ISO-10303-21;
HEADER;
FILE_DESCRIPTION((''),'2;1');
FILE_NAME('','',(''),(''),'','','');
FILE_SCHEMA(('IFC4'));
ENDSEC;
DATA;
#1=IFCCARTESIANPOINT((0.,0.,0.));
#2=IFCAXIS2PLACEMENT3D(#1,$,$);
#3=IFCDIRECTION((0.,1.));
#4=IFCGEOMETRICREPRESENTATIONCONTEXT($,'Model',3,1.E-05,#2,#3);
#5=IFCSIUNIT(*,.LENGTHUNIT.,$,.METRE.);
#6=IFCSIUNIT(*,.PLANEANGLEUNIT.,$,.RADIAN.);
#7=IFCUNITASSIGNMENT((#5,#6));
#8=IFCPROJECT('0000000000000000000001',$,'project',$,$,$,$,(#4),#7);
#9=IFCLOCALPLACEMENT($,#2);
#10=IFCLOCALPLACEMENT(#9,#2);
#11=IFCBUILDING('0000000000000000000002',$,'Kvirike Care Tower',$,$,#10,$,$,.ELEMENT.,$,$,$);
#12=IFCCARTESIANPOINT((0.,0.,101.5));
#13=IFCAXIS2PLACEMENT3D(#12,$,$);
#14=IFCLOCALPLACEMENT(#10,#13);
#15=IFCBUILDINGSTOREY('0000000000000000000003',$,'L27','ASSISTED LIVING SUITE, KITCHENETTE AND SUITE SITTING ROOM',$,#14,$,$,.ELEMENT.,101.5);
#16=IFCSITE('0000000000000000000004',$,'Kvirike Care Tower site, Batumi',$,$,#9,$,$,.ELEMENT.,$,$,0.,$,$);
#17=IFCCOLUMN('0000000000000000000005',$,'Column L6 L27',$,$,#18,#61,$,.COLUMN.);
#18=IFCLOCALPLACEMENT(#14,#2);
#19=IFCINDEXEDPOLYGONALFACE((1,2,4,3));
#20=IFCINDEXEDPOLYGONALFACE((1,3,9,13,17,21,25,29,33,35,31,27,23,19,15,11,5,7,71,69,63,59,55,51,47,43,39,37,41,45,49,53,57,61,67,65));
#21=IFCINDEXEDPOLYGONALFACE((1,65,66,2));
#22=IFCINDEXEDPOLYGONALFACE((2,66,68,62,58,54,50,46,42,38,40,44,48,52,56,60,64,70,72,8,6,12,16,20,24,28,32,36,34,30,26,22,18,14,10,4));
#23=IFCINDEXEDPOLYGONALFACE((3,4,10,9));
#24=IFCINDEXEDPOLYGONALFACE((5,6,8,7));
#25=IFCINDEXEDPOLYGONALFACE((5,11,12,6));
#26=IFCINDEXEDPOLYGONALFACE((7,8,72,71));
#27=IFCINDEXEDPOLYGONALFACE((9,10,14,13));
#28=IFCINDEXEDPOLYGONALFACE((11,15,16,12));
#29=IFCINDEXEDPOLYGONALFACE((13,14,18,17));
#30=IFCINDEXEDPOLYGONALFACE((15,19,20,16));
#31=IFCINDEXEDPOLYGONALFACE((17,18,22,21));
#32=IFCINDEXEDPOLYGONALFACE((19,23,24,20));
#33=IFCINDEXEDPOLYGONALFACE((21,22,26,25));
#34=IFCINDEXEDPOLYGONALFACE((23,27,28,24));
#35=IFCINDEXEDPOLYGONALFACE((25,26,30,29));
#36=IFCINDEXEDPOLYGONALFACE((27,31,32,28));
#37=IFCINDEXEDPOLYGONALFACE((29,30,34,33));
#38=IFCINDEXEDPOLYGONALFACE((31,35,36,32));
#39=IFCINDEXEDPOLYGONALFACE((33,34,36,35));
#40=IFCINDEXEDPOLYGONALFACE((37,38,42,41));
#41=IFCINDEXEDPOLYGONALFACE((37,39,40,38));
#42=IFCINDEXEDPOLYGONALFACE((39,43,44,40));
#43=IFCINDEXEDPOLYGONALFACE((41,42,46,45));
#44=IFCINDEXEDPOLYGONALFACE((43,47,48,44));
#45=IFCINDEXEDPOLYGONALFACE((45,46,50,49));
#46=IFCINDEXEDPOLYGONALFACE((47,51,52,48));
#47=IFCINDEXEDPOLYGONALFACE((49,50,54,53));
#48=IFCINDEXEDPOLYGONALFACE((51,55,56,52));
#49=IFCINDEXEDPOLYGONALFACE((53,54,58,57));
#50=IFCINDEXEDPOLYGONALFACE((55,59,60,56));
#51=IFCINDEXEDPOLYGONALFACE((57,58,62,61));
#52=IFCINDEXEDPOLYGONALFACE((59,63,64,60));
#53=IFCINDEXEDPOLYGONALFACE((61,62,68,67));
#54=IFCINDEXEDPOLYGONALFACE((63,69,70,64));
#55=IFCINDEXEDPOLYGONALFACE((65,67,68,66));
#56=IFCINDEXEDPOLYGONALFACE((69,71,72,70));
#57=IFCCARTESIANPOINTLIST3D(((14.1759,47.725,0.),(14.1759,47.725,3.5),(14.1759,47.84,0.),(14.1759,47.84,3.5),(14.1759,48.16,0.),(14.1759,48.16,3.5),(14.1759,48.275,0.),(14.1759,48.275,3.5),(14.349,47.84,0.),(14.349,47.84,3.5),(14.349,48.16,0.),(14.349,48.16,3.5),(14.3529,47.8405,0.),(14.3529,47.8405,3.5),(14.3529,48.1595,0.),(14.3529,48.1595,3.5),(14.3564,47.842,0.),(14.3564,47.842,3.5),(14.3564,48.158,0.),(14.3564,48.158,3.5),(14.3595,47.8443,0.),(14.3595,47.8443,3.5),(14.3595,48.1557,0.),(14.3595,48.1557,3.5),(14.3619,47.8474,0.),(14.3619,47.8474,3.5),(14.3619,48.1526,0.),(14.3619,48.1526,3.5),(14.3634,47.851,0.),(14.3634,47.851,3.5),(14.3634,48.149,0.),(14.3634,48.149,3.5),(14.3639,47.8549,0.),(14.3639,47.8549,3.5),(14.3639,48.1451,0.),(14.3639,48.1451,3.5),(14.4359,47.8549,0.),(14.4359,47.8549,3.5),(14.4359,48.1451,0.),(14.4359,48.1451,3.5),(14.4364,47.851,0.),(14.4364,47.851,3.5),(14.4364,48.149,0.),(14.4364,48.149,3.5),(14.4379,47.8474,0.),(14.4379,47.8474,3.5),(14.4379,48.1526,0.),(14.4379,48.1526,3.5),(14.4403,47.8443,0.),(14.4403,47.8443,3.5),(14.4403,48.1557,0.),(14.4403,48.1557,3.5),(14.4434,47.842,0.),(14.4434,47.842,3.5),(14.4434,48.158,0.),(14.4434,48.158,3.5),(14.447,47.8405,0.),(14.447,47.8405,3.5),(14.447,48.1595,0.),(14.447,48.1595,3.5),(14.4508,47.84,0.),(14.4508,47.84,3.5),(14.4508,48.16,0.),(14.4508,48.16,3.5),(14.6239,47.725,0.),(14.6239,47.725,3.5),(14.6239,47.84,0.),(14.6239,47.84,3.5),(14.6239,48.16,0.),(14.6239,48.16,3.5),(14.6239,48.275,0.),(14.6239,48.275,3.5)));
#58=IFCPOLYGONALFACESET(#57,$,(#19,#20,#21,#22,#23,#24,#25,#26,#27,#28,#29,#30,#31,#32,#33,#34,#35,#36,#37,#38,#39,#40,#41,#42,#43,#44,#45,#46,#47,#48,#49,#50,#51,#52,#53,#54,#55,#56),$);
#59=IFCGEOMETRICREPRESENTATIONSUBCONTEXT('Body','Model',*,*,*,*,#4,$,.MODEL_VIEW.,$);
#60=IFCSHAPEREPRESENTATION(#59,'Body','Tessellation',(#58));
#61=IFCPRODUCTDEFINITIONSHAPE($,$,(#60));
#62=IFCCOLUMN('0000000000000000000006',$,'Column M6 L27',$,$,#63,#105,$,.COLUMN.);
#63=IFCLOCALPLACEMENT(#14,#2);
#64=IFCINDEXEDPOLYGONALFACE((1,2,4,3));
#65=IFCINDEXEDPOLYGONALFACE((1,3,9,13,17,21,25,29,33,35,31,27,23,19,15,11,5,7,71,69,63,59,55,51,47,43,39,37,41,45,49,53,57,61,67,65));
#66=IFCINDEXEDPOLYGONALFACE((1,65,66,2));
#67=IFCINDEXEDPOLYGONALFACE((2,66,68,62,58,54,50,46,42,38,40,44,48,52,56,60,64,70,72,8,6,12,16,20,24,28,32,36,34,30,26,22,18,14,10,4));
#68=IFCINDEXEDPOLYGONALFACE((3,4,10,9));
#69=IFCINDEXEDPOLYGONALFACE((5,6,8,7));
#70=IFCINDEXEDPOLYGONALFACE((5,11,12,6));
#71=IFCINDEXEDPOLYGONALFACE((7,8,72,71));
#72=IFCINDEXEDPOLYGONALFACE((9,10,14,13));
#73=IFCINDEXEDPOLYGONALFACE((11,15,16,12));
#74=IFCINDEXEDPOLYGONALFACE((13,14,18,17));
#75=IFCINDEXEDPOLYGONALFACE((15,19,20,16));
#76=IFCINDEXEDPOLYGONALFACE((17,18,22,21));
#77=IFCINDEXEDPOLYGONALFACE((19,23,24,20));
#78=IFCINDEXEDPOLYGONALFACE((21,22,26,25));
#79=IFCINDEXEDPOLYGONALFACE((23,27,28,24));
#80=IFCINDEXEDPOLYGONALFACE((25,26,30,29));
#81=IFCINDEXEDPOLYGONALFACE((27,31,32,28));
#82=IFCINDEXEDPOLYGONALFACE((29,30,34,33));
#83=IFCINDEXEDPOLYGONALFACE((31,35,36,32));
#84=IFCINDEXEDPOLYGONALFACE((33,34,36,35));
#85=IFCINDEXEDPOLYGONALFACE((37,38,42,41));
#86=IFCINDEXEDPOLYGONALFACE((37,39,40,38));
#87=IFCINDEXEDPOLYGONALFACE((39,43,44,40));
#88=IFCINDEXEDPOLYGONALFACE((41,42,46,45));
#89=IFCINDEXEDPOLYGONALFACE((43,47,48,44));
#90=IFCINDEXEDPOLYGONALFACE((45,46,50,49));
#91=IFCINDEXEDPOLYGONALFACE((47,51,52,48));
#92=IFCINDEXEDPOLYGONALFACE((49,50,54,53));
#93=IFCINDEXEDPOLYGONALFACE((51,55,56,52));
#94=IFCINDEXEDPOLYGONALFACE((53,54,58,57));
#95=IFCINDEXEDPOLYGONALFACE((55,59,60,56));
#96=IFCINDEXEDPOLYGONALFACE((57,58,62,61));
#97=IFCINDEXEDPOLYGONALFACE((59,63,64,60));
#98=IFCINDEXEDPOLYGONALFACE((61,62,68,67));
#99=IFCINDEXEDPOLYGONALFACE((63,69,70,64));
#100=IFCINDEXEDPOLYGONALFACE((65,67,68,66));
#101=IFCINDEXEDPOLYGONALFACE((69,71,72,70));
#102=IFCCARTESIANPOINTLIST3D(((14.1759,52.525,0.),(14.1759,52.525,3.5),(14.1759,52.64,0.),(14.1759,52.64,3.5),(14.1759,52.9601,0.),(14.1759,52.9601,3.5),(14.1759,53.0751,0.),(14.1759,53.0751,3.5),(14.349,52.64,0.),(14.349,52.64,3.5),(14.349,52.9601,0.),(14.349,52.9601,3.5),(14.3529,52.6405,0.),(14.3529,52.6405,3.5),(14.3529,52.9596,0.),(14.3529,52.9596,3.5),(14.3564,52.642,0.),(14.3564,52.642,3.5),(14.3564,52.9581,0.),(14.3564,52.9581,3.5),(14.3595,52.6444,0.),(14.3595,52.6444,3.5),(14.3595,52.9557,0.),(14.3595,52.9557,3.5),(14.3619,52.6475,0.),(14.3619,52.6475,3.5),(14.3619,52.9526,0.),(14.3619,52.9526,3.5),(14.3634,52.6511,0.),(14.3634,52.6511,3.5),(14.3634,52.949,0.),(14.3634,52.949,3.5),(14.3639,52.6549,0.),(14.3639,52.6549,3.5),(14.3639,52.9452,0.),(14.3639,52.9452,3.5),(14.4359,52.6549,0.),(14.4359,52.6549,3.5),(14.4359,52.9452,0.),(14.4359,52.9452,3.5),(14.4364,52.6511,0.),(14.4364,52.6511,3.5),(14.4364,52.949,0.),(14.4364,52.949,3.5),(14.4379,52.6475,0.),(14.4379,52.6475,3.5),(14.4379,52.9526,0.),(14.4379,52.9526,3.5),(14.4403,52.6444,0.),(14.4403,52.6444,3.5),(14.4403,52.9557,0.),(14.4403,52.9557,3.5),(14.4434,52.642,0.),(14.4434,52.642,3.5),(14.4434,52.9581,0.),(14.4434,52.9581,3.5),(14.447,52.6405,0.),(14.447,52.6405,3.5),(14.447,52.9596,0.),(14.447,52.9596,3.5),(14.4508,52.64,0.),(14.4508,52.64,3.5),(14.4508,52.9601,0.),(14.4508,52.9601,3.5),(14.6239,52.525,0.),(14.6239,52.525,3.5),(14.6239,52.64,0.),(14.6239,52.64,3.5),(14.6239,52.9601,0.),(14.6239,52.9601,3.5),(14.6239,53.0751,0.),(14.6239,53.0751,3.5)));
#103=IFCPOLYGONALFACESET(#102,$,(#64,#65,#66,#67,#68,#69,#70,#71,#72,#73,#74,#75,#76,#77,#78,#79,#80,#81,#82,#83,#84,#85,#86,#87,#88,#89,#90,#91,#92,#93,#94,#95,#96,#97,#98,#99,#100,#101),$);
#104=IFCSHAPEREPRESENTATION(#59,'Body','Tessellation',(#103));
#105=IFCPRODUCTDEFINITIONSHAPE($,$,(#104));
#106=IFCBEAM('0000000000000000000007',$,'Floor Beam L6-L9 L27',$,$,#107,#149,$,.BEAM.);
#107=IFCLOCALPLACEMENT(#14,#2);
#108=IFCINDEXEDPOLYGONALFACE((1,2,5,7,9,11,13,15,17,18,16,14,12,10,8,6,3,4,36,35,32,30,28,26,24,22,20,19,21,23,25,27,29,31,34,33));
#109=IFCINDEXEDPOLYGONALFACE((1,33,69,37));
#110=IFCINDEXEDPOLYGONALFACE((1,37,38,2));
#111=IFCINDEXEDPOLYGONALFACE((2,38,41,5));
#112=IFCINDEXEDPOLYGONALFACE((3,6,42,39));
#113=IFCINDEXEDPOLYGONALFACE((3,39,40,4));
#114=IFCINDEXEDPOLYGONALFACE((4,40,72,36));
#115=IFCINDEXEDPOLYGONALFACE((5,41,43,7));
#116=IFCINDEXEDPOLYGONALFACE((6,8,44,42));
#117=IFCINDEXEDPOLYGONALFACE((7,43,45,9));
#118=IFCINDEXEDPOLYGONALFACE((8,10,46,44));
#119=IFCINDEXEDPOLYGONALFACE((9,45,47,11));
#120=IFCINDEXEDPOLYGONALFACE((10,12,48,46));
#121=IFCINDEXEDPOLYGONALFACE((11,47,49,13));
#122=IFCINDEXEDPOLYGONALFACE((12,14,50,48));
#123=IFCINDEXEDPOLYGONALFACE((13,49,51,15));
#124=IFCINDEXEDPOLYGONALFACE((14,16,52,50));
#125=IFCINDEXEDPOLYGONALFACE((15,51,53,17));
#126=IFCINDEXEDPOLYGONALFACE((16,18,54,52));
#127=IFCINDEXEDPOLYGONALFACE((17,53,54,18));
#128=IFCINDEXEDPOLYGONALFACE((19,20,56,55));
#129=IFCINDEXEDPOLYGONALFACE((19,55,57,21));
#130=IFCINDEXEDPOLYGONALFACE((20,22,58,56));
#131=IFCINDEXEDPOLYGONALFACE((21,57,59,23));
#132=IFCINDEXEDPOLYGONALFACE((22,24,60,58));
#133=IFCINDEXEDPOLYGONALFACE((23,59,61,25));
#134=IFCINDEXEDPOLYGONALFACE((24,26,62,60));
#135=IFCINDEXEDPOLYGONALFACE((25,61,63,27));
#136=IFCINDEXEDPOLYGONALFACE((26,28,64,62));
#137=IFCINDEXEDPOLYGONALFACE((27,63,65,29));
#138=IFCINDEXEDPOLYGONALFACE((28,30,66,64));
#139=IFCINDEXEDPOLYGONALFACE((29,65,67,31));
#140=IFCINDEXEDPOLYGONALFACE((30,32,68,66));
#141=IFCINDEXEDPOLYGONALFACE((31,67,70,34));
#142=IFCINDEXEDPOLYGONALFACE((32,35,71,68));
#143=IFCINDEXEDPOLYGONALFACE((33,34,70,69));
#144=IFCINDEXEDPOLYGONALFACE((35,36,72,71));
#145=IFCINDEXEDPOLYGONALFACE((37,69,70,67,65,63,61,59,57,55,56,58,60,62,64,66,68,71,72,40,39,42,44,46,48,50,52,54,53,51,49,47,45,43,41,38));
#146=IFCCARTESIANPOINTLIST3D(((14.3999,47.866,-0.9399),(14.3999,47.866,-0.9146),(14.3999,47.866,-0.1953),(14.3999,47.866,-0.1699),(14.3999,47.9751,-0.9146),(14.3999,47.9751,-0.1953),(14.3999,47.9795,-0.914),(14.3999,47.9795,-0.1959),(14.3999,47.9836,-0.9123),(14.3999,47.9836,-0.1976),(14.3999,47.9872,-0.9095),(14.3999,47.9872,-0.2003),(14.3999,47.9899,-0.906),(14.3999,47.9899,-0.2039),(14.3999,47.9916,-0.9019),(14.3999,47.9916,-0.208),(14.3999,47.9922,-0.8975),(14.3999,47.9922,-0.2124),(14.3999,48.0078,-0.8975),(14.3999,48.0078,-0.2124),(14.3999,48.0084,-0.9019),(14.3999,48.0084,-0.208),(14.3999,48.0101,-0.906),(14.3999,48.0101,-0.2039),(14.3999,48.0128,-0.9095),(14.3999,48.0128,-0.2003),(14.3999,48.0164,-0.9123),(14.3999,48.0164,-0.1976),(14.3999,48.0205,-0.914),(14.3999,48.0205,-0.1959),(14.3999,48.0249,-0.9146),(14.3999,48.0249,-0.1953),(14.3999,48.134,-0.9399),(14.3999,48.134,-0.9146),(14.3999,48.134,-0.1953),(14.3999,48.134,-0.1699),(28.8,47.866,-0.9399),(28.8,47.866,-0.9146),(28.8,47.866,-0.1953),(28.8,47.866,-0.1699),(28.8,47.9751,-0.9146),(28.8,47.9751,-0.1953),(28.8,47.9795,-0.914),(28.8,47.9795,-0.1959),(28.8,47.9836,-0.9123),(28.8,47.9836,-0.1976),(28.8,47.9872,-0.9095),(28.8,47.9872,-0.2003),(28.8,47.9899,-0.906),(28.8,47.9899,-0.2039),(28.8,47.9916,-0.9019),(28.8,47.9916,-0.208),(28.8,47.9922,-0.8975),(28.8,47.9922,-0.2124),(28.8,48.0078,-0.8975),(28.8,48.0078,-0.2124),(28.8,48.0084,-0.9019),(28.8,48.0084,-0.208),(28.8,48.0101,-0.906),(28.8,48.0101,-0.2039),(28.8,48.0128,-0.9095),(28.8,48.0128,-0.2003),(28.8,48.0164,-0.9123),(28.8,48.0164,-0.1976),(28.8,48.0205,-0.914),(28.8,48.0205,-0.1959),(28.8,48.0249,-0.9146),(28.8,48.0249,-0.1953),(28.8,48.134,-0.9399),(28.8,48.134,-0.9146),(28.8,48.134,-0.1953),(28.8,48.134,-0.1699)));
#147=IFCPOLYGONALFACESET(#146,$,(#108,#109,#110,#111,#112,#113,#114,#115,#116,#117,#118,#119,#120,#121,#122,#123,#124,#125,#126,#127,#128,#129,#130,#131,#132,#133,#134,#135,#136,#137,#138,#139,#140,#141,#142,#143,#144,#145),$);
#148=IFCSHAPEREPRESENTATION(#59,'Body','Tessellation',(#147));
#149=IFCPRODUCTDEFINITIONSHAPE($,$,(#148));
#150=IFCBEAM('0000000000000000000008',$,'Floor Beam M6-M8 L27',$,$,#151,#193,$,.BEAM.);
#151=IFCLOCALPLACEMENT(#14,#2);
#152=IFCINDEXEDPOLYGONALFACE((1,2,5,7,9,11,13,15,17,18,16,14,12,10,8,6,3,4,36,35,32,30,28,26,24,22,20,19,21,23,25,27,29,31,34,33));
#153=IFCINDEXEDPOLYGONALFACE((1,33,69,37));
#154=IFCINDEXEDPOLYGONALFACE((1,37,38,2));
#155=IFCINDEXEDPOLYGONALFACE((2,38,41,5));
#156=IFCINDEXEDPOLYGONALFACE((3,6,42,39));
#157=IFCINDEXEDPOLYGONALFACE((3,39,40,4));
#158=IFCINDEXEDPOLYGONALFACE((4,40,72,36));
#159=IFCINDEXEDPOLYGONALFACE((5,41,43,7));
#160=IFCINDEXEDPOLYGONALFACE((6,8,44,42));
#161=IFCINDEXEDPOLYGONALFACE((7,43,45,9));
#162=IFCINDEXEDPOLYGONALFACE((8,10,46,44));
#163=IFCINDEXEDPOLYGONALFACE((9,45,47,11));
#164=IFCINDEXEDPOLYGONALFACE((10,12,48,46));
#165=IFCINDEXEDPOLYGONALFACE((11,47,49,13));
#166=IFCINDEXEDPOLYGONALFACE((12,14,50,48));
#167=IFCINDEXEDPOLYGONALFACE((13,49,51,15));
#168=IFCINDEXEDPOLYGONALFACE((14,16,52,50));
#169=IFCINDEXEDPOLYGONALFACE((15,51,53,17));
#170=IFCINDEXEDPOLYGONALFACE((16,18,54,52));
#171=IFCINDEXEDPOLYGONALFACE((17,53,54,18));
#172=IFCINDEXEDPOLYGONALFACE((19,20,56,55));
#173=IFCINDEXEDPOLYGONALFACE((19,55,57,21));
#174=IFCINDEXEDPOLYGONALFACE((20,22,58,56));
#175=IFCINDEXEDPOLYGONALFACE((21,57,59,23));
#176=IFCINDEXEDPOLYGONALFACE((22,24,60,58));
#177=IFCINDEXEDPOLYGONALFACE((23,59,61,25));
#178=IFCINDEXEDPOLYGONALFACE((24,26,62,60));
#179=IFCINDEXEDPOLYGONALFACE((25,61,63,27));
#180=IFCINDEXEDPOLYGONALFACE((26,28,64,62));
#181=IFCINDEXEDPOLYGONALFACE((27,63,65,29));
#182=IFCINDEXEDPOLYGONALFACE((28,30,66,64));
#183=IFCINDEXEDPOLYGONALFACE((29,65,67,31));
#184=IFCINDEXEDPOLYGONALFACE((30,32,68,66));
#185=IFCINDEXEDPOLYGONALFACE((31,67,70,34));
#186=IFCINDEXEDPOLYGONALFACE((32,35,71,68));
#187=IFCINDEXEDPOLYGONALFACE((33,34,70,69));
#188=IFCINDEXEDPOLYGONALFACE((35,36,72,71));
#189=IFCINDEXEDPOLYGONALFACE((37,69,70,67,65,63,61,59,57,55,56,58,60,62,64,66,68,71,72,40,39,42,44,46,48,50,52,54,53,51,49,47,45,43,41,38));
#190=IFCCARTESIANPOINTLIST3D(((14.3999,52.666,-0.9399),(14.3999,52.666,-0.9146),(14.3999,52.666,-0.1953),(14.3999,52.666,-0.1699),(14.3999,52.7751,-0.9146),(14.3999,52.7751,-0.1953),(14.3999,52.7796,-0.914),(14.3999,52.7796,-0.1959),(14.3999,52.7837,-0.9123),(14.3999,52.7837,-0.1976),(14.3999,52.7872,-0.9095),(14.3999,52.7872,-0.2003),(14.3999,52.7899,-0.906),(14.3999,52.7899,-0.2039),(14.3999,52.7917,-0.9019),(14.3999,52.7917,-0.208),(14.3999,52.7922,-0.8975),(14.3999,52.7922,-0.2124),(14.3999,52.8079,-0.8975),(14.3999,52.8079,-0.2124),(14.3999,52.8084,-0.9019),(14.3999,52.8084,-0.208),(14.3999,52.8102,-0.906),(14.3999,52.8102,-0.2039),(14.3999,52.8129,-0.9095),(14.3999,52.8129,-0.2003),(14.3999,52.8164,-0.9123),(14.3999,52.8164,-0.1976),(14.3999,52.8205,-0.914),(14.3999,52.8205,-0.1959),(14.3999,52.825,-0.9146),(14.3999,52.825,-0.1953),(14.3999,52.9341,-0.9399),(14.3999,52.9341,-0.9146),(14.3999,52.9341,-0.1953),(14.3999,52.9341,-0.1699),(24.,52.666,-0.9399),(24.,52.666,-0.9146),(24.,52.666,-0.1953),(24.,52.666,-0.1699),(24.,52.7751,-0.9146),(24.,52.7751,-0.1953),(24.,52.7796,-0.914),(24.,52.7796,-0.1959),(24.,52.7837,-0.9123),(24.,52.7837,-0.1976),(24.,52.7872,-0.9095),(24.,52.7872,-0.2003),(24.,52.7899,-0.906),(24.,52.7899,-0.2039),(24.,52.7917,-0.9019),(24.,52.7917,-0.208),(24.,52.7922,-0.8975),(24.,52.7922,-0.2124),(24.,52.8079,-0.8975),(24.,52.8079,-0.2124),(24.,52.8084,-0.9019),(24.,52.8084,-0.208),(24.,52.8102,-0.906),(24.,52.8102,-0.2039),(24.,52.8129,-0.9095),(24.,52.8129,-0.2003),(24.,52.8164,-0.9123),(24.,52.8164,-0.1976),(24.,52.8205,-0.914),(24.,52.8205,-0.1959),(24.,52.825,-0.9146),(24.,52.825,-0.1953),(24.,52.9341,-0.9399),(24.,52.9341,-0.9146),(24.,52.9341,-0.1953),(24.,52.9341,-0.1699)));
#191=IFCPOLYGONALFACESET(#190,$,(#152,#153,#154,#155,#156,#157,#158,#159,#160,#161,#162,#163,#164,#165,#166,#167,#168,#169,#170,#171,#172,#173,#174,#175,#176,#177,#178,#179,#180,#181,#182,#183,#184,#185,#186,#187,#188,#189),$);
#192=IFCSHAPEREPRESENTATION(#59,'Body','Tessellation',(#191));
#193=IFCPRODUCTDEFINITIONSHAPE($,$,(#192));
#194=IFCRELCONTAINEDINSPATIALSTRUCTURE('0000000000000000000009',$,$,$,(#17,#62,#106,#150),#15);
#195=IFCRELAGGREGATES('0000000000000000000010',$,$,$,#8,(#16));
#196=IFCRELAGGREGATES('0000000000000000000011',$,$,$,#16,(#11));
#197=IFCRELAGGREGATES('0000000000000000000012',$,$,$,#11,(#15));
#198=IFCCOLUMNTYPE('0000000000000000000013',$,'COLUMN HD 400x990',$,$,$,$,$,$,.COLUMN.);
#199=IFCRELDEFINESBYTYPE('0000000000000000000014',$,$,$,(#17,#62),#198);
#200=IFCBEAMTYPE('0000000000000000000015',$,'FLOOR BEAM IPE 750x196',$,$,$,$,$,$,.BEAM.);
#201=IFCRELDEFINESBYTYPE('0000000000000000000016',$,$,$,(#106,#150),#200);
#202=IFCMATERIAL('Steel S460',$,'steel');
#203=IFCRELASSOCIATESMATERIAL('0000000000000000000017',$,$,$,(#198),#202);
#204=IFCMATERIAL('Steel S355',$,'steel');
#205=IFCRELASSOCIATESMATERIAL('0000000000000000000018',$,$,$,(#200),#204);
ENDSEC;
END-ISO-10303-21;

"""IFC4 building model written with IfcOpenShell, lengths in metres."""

from ifc_helpers import new_model, si_unit, direction, frame, origin, origin_2d, place, context, subcontext, project, spatial, i_section, extrude, material, material_profile, profile_set, type_object, element, save


model = new_model("IFC4")

# Units and contexts
model_context = context("Model", 3, precision=1e-05, world=origin(), true_north=direction((0.0, 1.0)))
body_context = subcontext(model_context, "Body", "Model", "MODEL_VIEW")
ifc_project = project(units=[si_unit("LENGTHUNIT", "METRE"), si_unit("PLANEANGLEUNIT", "RADIAN")], contexts=[model_context])

# Site, building, storey
site_placement = place(None, origin())
site = spatial("IfcSite", under=ifc_project, at=site_placement, Name="Kvirike Care Tower site, Batumi", CompositionType="ELEMENT", RefElevation=0.0)
building_placement = place(site_placement, origin())
building = spatial("IfcBuilding", under=site, at=building_placement, Name="Kvirike Care Tower", CompositionType="ELEMENT")
storey_placement = place(building_placement, frame((0.0, 0.0, 101.5)))
storey = spatial("IfcBuildingStorey", under=building, at=storey_placement, Name="L27", Description="ASSISTED LIVING SUITE, KITCHENETTE AND SUITE SITTING ROOM", CompositionType="ELEMENT", Elevation=101.5)

# Columns
ifc_material_1 = material(Name="Steel S460", Category="steel")
ifc_material_profile_1 = material_profile(ifc_material_1, i_section(OverallWidth=0.448, OverallDepth=0.55, WebThickness=0.072, FlangeThickness=0.115, FilletRadius=0.0149, at=origin_2d()), Name="HD 400x990")
ifc_profile_set_1 = profile_set([ifc_material_profile_1], Name="Steel S460")
column_type = type_object("IfcColumnType", Name="COLUMN HD 400x990", PredefinedType="COLUMN", material=ifc_profile_set_1)
for number, where, z_axis, x_axis, name in (
    (1, (14.3999, 48.0, 0.0), (0.0, 0.0, 1.0), (1.0, 0.0, 0.0), "Column L6 L27"),
    (2, (14.3999, 52.8, 0.0), (0.0, 0.0, 1.0), (1.0, 0.0, 0.0), "Column M6 L27"),
):
    element("IfcColumn", number, at=place(storey_placement, frame(where, z_axis=z_axis, x_axis=x_axis)), inside=storey, type_object=column_type, Name=name, PredefinedType="COLUMN", context=body_context, shape_type="SweptSolid", body=[
        extrude(i_section(OverallWidth=0.448, OverallDepth=0.55, WebThickness=0.072, FlangeThickness=0.115, FilletRadius=0.0149, at=origin_2d()), origin(), (0.0, 0.0, 1.0), 3.5),
    ])

# Beams
ifc_material_2 = material(Name="Steel S355", Category="steel")
ifc_material_profile_2 = material_profile(ifc_material_2, i_section(OverallWidth=0.2681, OverallDepth=0.77, WebThickness=0.0156, FlangeThickness=0.0254, FilletRadius=0.0171, at=origin_2d()), Name="IPE 750x196")
ifc_profile_set_2 = profile_set([ifc_material_profile_2], Name="Steel S355")
beam_type_1 = type_object("IfcBeamType", Name="FLOOR BEAM IPE 750x196", PredefinedType="BEAM", material=ifc_profile_set_2)
beam_1_placement = place(storey_placement, frame((14.3999, 48.0, -0.5549), z_axis=(1.0, 0.0, 0.0), x_axis=(0.0, 1.0, 0.0)))
element("IfcBeam", 3, at=beam_1_placement, inside=storey, type_object=beam_type_1, Name="Floor Beam L6-L9 L27", PredefinedType="BEAM", context=body_context, shape_type="SweptSolid", body=[
    extrude(i_section(OverallWidth=0.2681, OverallDepth=0.77, WebThickness=0.0156, FlangeThickness=0.0254, FilletRadius=0.0171, at=origin_2d()), origin(), (0.0, 0.0, 1.0), 14.4001),
])
beam_2_placement = place(storey_placement, frame((14.3999, 52.8, -0.5549), z_axis=(1.0, 0.0, 0.0), x_axis=(0.0, 1.0, 0.0)))
element("IfcBeam", 4, at=beam_2_placement, inside=storey, type_object=beam_type_1, Name="Floor Beam M6-M8 L27", PredefinedType="BEAM", context=body_context, shape_type="SweptSolid", body=[
    extrude(i_section(OverallWidth=0.2681, OverallDepth=0.77, WebThickness=0.0156, FlangeThickness=0.0254, FilletRadius=0.0171, at=origin_2d()), origin(), (0.0, 0.0, 1.0), 9.6001),
])

save(model, "model.ifc")
